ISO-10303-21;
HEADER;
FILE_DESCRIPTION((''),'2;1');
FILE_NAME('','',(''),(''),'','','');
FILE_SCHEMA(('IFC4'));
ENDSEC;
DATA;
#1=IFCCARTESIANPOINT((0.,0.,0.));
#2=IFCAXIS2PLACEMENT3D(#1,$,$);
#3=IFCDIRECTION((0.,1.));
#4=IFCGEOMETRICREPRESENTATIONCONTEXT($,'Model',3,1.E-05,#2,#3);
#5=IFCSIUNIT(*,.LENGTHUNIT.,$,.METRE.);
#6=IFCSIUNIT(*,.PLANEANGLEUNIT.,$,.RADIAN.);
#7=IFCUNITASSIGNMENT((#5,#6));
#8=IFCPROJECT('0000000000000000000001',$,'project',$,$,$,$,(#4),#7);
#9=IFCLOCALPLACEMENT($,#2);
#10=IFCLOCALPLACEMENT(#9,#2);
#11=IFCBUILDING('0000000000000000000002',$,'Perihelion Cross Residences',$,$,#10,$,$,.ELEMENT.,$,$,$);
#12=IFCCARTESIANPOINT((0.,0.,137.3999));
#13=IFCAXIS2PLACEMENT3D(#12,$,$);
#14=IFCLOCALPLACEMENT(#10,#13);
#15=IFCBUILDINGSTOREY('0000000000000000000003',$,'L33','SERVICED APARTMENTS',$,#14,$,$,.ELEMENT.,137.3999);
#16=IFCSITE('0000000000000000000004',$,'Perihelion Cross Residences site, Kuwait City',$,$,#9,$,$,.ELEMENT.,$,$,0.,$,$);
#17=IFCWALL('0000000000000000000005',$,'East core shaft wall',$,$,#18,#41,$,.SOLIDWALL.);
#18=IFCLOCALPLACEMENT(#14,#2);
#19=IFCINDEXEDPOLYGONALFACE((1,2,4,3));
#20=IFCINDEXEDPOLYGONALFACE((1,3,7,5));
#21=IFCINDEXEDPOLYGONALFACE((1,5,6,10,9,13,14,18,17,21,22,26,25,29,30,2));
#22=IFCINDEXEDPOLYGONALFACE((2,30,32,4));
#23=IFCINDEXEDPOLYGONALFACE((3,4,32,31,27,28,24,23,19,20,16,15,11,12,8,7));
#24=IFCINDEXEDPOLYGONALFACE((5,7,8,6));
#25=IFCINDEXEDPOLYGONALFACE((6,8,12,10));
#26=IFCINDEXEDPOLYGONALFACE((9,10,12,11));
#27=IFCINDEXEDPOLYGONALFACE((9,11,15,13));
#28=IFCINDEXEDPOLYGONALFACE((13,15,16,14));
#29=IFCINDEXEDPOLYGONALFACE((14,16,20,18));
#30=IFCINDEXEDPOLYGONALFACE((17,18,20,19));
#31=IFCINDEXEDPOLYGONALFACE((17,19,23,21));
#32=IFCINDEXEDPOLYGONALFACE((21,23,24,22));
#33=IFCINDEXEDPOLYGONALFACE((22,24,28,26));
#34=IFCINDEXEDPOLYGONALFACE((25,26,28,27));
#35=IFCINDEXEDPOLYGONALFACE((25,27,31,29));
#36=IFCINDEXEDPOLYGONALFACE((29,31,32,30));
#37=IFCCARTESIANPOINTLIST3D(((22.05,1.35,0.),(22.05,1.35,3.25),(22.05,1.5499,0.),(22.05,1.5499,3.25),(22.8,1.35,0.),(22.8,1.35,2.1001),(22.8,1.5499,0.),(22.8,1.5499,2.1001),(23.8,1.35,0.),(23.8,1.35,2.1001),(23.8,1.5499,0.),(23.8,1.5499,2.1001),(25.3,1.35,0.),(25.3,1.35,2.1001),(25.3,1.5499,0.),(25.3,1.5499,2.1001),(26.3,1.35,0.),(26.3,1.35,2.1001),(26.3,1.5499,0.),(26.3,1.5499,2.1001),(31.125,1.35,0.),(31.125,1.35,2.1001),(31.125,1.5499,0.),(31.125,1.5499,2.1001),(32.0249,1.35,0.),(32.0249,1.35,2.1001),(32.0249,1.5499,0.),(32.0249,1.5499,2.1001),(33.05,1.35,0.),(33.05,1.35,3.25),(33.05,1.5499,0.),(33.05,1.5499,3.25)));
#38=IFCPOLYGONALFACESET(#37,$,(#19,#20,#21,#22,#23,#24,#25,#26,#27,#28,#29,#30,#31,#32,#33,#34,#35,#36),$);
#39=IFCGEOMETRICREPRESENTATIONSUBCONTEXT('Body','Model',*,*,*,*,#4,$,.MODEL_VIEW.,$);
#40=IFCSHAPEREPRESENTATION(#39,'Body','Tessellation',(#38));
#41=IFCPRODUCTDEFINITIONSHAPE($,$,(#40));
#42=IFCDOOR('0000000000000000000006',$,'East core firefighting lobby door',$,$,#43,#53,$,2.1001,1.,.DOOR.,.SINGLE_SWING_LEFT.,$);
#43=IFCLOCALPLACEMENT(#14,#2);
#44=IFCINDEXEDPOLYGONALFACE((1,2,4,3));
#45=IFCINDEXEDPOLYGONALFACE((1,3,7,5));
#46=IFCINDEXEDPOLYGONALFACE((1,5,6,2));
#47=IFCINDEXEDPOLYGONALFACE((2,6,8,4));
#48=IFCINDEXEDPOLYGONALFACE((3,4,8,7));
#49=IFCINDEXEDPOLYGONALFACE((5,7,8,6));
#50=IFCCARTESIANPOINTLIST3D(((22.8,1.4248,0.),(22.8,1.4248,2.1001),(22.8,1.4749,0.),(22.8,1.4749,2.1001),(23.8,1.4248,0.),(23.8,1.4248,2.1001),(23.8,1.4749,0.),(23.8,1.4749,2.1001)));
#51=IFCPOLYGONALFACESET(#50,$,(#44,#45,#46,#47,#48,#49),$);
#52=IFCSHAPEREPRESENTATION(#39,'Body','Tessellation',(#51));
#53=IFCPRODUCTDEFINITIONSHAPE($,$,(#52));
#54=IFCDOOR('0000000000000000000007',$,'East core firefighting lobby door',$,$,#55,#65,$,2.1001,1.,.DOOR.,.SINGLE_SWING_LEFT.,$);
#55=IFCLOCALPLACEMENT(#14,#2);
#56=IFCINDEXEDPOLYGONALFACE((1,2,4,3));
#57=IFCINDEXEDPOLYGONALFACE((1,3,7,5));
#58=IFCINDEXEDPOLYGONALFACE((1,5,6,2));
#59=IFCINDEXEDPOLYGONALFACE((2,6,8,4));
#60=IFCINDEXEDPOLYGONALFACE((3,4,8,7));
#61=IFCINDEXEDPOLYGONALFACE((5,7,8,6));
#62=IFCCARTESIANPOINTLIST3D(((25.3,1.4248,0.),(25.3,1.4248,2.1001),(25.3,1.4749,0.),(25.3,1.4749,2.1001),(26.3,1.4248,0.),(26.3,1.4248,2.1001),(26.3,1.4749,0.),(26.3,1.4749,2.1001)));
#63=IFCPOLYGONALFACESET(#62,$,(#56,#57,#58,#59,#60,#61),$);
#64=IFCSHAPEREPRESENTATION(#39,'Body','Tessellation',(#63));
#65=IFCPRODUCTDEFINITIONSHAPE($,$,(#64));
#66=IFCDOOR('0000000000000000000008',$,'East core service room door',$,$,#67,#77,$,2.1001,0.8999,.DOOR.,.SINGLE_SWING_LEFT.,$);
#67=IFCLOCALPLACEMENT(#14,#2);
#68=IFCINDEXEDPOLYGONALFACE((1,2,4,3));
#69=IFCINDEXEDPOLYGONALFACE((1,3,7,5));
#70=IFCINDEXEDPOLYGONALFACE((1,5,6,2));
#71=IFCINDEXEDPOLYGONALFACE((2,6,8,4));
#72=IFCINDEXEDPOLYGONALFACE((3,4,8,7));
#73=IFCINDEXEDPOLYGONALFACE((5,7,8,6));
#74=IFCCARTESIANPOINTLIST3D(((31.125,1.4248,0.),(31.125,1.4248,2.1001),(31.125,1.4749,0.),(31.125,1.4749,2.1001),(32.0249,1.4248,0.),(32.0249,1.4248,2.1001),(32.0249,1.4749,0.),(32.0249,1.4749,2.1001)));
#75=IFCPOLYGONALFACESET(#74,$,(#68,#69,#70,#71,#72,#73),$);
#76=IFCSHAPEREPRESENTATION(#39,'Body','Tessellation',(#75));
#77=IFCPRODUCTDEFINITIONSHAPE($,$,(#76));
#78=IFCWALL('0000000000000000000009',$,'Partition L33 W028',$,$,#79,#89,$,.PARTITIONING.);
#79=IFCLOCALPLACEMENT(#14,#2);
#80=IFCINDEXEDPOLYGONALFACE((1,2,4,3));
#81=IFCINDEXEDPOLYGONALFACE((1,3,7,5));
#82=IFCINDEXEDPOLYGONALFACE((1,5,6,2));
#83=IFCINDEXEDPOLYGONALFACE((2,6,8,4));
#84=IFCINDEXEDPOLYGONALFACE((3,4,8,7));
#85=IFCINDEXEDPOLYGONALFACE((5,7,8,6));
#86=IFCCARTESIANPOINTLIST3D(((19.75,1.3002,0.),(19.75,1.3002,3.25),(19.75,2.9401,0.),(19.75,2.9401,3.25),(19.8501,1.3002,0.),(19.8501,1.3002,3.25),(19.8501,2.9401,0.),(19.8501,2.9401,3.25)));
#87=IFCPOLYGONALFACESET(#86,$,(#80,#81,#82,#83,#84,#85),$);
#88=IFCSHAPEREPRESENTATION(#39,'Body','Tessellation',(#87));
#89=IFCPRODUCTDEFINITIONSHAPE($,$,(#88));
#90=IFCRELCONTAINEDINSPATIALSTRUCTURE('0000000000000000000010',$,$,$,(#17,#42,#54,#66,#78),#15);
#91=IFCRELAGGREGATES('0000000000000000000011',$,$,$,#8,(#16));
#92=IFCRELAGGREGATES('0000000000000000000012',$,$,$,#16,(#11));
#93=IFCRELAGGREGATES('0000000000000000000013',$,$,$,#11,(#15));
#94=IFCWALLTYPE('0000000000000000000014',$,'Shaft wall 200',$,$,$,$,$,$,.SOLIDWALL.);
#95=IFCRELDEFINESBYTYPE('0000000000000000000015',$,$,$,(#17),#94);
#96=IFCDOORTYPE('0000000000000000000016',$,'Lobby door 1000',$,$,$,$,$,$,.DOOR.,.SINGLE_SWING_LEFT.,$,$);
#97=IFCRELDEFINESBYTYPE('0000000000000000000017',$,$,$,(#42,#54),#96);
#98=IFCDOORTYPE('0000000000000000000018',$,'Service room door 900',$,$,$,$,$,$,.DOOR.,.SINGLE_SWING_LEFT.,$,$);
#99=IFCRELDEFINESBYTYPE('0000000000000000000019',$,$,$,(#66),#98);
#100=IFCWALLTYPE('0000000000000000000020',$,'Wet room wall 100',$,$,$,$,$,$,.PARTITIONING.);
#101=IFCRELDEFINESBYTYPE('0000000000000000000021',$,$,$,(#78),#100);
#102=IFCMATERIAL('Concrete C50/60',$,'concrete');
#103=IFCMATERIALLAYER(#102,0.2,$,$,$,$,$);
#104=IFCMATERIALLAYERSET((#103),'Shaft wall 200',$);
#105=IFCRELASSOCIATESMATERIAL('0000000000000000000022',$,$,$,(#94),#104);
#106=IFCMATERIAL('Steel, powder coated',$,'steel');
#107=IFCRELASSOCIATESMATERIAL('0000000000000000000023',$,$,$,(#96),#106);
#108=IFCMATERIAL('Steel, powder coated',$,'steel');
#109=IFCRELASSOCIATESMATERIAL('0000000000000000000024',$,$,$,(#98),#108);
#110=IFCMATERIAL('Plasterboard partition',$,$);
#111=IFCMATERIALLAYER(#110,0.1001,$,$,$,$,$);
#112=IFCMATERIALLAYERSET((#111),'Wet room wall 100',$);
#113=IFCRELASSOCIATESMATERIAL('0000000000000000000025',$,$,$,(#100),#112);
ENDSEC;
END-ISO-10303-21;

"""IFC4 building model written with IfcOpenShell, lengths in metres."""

from ifc_helpers import new_model, si_unit, direction, frame, frame_2d, origin, place, context, subcontext, project, spatial, rectangle, extrude, material, layer, layer_set, type_object, element, fill, save


model = new_model("IFC4")

# Units and contexts
model_context = context("Model", 3, precision=1e-05, world=origin(), true_north=direction((0.0, 1.0)))
body_context = subcontext(model_context, "Body", "Model", "MODEL_VIEW")
ifc_project = project(units=[si_unit("LENGTHUNIT", "METRE"), si_unit("PLANEANGLEUNIT", "RADIAN")], contexts=[model_context])

# Site, building, storey
site_placement = place(None, origin())
site = spatial("IfcSite", under=ifc_project, at=site_placement, Name="Perihelion Cross Residences site, Kuwait City", CompositionType="ELEMENT", RefElevation=0.0)
building_placement = place(site_placement, origin())
building = spatial("IfcBuilding", under=site, at=building_placement, Name="Perihelion Cross Residences", CompositionType="ELEMENT")
storey_placement = place(building_placement, frame((0.0, 0.0, 137.3999)))
storey = spatial("IfcBuildingStorey", under=building, at=storey_placement, Name="L33", Description="SERVICED APARTMENTS", CompositionType="ELEMENT", Elevation=137.3999)

# Wall, openings, doors
ifc_material_1 = material(Name="Concrete C50/60", Category="concrete")
ifc_layer_1 = layer(ifc_material_1, 0.2)
ifc_layer_set_1 = layer_set([ifc_layer_1], Name="Shaft wall 200")
wall_type_1 = type_object("IfcWallType", Name="Shaft wall 200", PredefinedType="SOLIDWALL", material=ifc_layer_set_1)
wall_1_placement = place(storey_placement, frame((22.05, 1.45, 0.0), z_axis=(0.0, 0.0, 1.0), x_axis=(1.0, 0.0, 0.0)))
wall_1 = element("IfcWall", 1, at=wall_1_placement, inside=storey, type_object=wall_type_1, Name="East core shaft wall", PredefinedType="SOLIDWALL", context=body_context, shape_type="SweptSolid", body=[
    extrude(rectangle(XDim=11.0, YDim=0.2, at=frame_2d((5.5, 0.0))), origin(), (0.0, 0.0, 1.0), 3.25),
])
opening_1_placement = place(wall_1_placement, frame((0.75, 0.0, 0.0)))
opening_1 = element("IfcOpeningElement", 2, at=opening_1_placement, cuts=wall_1, PredefinedType="OPENING", context=body_context, shape_type="SweptSolid", body=[
    extrude(rectangle(XDim=1.0, YDim=2.1001, at=frame_2d((0.5, 1.05))), frame((0.0, 0.1099, 0.0), z_axis=(0.0, -1.0, 0.0), x_axis=(1.0, 0.0, 0.0)), (0.0, 0.0, 1.0), 0.22),
])
opening_2_placement = place(wall_1_placement, frame((3.25, 0.0, 0.0)))
opening_2 = element("IfcOpeningElement", 3, at=opening_2_placement, cuts=wall_1, PredefinedType="OPENING", context=body_context, shape_type="SweptSolid", body=[
    extrude(rectangle(XDim=1.0, YDim=2.1001, at=frame_2d((0.5, 1.05))), frame((0.0, 0.1099, 0.0), z_axis=(0.0, -1.0, 0.0), x_axis=(1.0, 0.0, 0.0)), (0.0, 0.0, 1.0), 0.22),
])
opening_3_placement = place(wall_1_placement, frame((9.075, 0.0, 0.0)))
opening_3 = element("IfcOpeningElement", 4, at=opening_3_placement, cuts=wall_1, PredefinedType="OPENING", context=body_context, shape_type="SweptSolid", body=[
    extrude(rectangle(XDim=0.8999, YDim=2.1001, at=frame_2d((0.45, 1.05))), frame((0.0, 0.1099, 0.0), z_axis=(0.0, -1.0, 0.0), x_axis=(1.0, 0.0, 0.0)), (0.0, 0.0, 1.0), 0.22),
])
ifc_material_2 = material(Name="Steel, powder coated", Category="steel")
door_type_1 = type_object("IfcDoorType", Name="Lobby door 1000", OperationType="SINGLE_SWING_LEFT", PredefinedType="DOOR", material=ifc_material_2)
door_1_placement = place(opening_1_placement, origin())
door_1 = element("IfcDoor", 5, at=door_1_placement, inside=storey, type_object=door_type_1, Name="East core firefighting lobby door", OperationType="SINGLE_SWING_LEFT", OverallHeight=2.1001, OverallWidth=1.0, PredefinedType="DOOR", context=body_context, shape_type="SweptSolid", body=[
    extrude(rectangle(XDim=1.0, YDim=2.1001, at=frame_2d((0.5, 1.05))), frame((0.0, 0.0249, 0.0), z_axis=(0.0, -1.0, 0.0), x_axis=(1.0, 0.0, 0.0)), (0.0, 0.0, 1.0), 0.05),
])
fill(opening_1, door_1)
door_2_placement = place(opening_2_placement, origin())
door_2 = element("IfcDoor", 6, at=door_2_placement, inside=storey, type_object=door_type_1, Name="East core firefighting lobby door", OperationType="SINGLE_SWING_LEFT", OverallHeight=2.1001, OverallWidth=1.0, PredefinedType="DOOR", context=body_context, shape_type="SweptSolid", body=[
    extrude(rectangle(XDim=1.0, YDim=2.1001, at=frame_2d((0.5, 1.05))), frame((0.0, 0.0249, 0.0), z_axis=(0.0, -1.0, 0.0), x_axis=(1.0, 0.0, 0.0)), (0.0, 0.0, 1.0), 0.05),
])
fill(opening_2, door_2)
ifc_material_3 = material(Name="Steel, powder coated", Category="steel")
door_type_2 = type_object("IfcDoorType", Name="Service room door 900", OperationType="SINGLE_SWING_LEFT", PredefinedType="DOOR", material=ifc_material_3)
door_3_placement = place(opening_3_placement, origin())
door_3 = element("IfcDoor", 7, at=door_3_placement, inside=storey, type_object=door_type_2, Name="East core service room door", OperationType="SINGLE_SWING_LEFT", OverallHeight=2.1001, OverallWidth=0.8999, PredefinedType="DOOR", context=body_context, shape_type="SweptSolid", body=[
    extrude(rectangle(XDim=0.8999, YDim=2.1001, at=frame_2d((0.45, 1.05))), frame((0.0, 0.0249, 0.0), z_axis=(0.0, -1.0, 0.0), x_axis=(1.0, 0.0, 0.0)), (0.0, 0.0, 1.0), 0.05),
])
fill(opening_3, door_3)

# Wall
ifc_material_4 = material(Name="Plasterboard partition")
ifc_layer_2 = layer(ifc_material_4, 0.1001)
ifc_layer_set_2 = layer_set([ifc_layer_2], Name="Wet room wall 100")
wall_type_2 = type_object("IfcWallType", Name="Wet room wall 100", PredefinedType="PARTITIONING", material=ifc_layer_set_2)
wall_2_placement = place(storey_placement, frame((19.8, 2.9399, 0.0), z_axis=(0.0, 0.0, 1.0), x_axis=(0.0, -1.0, 0.0)))
element("IfcWall", 8, at=wall_2_placement, inside=storey, type_object=wall_type_2, Name="Partition L33 W028", PredefinedType="PARTITIONING", context=body_context, shape_type="SweptSolid", body=[
    extrude(rectangle(XDim=1.6399, YDim=0.1001, at=frame_2d((0.8198, 0.0))), origin(), (0.0, 0.0, 1.0), 3.25),
])

save(model, "model.ifc")
